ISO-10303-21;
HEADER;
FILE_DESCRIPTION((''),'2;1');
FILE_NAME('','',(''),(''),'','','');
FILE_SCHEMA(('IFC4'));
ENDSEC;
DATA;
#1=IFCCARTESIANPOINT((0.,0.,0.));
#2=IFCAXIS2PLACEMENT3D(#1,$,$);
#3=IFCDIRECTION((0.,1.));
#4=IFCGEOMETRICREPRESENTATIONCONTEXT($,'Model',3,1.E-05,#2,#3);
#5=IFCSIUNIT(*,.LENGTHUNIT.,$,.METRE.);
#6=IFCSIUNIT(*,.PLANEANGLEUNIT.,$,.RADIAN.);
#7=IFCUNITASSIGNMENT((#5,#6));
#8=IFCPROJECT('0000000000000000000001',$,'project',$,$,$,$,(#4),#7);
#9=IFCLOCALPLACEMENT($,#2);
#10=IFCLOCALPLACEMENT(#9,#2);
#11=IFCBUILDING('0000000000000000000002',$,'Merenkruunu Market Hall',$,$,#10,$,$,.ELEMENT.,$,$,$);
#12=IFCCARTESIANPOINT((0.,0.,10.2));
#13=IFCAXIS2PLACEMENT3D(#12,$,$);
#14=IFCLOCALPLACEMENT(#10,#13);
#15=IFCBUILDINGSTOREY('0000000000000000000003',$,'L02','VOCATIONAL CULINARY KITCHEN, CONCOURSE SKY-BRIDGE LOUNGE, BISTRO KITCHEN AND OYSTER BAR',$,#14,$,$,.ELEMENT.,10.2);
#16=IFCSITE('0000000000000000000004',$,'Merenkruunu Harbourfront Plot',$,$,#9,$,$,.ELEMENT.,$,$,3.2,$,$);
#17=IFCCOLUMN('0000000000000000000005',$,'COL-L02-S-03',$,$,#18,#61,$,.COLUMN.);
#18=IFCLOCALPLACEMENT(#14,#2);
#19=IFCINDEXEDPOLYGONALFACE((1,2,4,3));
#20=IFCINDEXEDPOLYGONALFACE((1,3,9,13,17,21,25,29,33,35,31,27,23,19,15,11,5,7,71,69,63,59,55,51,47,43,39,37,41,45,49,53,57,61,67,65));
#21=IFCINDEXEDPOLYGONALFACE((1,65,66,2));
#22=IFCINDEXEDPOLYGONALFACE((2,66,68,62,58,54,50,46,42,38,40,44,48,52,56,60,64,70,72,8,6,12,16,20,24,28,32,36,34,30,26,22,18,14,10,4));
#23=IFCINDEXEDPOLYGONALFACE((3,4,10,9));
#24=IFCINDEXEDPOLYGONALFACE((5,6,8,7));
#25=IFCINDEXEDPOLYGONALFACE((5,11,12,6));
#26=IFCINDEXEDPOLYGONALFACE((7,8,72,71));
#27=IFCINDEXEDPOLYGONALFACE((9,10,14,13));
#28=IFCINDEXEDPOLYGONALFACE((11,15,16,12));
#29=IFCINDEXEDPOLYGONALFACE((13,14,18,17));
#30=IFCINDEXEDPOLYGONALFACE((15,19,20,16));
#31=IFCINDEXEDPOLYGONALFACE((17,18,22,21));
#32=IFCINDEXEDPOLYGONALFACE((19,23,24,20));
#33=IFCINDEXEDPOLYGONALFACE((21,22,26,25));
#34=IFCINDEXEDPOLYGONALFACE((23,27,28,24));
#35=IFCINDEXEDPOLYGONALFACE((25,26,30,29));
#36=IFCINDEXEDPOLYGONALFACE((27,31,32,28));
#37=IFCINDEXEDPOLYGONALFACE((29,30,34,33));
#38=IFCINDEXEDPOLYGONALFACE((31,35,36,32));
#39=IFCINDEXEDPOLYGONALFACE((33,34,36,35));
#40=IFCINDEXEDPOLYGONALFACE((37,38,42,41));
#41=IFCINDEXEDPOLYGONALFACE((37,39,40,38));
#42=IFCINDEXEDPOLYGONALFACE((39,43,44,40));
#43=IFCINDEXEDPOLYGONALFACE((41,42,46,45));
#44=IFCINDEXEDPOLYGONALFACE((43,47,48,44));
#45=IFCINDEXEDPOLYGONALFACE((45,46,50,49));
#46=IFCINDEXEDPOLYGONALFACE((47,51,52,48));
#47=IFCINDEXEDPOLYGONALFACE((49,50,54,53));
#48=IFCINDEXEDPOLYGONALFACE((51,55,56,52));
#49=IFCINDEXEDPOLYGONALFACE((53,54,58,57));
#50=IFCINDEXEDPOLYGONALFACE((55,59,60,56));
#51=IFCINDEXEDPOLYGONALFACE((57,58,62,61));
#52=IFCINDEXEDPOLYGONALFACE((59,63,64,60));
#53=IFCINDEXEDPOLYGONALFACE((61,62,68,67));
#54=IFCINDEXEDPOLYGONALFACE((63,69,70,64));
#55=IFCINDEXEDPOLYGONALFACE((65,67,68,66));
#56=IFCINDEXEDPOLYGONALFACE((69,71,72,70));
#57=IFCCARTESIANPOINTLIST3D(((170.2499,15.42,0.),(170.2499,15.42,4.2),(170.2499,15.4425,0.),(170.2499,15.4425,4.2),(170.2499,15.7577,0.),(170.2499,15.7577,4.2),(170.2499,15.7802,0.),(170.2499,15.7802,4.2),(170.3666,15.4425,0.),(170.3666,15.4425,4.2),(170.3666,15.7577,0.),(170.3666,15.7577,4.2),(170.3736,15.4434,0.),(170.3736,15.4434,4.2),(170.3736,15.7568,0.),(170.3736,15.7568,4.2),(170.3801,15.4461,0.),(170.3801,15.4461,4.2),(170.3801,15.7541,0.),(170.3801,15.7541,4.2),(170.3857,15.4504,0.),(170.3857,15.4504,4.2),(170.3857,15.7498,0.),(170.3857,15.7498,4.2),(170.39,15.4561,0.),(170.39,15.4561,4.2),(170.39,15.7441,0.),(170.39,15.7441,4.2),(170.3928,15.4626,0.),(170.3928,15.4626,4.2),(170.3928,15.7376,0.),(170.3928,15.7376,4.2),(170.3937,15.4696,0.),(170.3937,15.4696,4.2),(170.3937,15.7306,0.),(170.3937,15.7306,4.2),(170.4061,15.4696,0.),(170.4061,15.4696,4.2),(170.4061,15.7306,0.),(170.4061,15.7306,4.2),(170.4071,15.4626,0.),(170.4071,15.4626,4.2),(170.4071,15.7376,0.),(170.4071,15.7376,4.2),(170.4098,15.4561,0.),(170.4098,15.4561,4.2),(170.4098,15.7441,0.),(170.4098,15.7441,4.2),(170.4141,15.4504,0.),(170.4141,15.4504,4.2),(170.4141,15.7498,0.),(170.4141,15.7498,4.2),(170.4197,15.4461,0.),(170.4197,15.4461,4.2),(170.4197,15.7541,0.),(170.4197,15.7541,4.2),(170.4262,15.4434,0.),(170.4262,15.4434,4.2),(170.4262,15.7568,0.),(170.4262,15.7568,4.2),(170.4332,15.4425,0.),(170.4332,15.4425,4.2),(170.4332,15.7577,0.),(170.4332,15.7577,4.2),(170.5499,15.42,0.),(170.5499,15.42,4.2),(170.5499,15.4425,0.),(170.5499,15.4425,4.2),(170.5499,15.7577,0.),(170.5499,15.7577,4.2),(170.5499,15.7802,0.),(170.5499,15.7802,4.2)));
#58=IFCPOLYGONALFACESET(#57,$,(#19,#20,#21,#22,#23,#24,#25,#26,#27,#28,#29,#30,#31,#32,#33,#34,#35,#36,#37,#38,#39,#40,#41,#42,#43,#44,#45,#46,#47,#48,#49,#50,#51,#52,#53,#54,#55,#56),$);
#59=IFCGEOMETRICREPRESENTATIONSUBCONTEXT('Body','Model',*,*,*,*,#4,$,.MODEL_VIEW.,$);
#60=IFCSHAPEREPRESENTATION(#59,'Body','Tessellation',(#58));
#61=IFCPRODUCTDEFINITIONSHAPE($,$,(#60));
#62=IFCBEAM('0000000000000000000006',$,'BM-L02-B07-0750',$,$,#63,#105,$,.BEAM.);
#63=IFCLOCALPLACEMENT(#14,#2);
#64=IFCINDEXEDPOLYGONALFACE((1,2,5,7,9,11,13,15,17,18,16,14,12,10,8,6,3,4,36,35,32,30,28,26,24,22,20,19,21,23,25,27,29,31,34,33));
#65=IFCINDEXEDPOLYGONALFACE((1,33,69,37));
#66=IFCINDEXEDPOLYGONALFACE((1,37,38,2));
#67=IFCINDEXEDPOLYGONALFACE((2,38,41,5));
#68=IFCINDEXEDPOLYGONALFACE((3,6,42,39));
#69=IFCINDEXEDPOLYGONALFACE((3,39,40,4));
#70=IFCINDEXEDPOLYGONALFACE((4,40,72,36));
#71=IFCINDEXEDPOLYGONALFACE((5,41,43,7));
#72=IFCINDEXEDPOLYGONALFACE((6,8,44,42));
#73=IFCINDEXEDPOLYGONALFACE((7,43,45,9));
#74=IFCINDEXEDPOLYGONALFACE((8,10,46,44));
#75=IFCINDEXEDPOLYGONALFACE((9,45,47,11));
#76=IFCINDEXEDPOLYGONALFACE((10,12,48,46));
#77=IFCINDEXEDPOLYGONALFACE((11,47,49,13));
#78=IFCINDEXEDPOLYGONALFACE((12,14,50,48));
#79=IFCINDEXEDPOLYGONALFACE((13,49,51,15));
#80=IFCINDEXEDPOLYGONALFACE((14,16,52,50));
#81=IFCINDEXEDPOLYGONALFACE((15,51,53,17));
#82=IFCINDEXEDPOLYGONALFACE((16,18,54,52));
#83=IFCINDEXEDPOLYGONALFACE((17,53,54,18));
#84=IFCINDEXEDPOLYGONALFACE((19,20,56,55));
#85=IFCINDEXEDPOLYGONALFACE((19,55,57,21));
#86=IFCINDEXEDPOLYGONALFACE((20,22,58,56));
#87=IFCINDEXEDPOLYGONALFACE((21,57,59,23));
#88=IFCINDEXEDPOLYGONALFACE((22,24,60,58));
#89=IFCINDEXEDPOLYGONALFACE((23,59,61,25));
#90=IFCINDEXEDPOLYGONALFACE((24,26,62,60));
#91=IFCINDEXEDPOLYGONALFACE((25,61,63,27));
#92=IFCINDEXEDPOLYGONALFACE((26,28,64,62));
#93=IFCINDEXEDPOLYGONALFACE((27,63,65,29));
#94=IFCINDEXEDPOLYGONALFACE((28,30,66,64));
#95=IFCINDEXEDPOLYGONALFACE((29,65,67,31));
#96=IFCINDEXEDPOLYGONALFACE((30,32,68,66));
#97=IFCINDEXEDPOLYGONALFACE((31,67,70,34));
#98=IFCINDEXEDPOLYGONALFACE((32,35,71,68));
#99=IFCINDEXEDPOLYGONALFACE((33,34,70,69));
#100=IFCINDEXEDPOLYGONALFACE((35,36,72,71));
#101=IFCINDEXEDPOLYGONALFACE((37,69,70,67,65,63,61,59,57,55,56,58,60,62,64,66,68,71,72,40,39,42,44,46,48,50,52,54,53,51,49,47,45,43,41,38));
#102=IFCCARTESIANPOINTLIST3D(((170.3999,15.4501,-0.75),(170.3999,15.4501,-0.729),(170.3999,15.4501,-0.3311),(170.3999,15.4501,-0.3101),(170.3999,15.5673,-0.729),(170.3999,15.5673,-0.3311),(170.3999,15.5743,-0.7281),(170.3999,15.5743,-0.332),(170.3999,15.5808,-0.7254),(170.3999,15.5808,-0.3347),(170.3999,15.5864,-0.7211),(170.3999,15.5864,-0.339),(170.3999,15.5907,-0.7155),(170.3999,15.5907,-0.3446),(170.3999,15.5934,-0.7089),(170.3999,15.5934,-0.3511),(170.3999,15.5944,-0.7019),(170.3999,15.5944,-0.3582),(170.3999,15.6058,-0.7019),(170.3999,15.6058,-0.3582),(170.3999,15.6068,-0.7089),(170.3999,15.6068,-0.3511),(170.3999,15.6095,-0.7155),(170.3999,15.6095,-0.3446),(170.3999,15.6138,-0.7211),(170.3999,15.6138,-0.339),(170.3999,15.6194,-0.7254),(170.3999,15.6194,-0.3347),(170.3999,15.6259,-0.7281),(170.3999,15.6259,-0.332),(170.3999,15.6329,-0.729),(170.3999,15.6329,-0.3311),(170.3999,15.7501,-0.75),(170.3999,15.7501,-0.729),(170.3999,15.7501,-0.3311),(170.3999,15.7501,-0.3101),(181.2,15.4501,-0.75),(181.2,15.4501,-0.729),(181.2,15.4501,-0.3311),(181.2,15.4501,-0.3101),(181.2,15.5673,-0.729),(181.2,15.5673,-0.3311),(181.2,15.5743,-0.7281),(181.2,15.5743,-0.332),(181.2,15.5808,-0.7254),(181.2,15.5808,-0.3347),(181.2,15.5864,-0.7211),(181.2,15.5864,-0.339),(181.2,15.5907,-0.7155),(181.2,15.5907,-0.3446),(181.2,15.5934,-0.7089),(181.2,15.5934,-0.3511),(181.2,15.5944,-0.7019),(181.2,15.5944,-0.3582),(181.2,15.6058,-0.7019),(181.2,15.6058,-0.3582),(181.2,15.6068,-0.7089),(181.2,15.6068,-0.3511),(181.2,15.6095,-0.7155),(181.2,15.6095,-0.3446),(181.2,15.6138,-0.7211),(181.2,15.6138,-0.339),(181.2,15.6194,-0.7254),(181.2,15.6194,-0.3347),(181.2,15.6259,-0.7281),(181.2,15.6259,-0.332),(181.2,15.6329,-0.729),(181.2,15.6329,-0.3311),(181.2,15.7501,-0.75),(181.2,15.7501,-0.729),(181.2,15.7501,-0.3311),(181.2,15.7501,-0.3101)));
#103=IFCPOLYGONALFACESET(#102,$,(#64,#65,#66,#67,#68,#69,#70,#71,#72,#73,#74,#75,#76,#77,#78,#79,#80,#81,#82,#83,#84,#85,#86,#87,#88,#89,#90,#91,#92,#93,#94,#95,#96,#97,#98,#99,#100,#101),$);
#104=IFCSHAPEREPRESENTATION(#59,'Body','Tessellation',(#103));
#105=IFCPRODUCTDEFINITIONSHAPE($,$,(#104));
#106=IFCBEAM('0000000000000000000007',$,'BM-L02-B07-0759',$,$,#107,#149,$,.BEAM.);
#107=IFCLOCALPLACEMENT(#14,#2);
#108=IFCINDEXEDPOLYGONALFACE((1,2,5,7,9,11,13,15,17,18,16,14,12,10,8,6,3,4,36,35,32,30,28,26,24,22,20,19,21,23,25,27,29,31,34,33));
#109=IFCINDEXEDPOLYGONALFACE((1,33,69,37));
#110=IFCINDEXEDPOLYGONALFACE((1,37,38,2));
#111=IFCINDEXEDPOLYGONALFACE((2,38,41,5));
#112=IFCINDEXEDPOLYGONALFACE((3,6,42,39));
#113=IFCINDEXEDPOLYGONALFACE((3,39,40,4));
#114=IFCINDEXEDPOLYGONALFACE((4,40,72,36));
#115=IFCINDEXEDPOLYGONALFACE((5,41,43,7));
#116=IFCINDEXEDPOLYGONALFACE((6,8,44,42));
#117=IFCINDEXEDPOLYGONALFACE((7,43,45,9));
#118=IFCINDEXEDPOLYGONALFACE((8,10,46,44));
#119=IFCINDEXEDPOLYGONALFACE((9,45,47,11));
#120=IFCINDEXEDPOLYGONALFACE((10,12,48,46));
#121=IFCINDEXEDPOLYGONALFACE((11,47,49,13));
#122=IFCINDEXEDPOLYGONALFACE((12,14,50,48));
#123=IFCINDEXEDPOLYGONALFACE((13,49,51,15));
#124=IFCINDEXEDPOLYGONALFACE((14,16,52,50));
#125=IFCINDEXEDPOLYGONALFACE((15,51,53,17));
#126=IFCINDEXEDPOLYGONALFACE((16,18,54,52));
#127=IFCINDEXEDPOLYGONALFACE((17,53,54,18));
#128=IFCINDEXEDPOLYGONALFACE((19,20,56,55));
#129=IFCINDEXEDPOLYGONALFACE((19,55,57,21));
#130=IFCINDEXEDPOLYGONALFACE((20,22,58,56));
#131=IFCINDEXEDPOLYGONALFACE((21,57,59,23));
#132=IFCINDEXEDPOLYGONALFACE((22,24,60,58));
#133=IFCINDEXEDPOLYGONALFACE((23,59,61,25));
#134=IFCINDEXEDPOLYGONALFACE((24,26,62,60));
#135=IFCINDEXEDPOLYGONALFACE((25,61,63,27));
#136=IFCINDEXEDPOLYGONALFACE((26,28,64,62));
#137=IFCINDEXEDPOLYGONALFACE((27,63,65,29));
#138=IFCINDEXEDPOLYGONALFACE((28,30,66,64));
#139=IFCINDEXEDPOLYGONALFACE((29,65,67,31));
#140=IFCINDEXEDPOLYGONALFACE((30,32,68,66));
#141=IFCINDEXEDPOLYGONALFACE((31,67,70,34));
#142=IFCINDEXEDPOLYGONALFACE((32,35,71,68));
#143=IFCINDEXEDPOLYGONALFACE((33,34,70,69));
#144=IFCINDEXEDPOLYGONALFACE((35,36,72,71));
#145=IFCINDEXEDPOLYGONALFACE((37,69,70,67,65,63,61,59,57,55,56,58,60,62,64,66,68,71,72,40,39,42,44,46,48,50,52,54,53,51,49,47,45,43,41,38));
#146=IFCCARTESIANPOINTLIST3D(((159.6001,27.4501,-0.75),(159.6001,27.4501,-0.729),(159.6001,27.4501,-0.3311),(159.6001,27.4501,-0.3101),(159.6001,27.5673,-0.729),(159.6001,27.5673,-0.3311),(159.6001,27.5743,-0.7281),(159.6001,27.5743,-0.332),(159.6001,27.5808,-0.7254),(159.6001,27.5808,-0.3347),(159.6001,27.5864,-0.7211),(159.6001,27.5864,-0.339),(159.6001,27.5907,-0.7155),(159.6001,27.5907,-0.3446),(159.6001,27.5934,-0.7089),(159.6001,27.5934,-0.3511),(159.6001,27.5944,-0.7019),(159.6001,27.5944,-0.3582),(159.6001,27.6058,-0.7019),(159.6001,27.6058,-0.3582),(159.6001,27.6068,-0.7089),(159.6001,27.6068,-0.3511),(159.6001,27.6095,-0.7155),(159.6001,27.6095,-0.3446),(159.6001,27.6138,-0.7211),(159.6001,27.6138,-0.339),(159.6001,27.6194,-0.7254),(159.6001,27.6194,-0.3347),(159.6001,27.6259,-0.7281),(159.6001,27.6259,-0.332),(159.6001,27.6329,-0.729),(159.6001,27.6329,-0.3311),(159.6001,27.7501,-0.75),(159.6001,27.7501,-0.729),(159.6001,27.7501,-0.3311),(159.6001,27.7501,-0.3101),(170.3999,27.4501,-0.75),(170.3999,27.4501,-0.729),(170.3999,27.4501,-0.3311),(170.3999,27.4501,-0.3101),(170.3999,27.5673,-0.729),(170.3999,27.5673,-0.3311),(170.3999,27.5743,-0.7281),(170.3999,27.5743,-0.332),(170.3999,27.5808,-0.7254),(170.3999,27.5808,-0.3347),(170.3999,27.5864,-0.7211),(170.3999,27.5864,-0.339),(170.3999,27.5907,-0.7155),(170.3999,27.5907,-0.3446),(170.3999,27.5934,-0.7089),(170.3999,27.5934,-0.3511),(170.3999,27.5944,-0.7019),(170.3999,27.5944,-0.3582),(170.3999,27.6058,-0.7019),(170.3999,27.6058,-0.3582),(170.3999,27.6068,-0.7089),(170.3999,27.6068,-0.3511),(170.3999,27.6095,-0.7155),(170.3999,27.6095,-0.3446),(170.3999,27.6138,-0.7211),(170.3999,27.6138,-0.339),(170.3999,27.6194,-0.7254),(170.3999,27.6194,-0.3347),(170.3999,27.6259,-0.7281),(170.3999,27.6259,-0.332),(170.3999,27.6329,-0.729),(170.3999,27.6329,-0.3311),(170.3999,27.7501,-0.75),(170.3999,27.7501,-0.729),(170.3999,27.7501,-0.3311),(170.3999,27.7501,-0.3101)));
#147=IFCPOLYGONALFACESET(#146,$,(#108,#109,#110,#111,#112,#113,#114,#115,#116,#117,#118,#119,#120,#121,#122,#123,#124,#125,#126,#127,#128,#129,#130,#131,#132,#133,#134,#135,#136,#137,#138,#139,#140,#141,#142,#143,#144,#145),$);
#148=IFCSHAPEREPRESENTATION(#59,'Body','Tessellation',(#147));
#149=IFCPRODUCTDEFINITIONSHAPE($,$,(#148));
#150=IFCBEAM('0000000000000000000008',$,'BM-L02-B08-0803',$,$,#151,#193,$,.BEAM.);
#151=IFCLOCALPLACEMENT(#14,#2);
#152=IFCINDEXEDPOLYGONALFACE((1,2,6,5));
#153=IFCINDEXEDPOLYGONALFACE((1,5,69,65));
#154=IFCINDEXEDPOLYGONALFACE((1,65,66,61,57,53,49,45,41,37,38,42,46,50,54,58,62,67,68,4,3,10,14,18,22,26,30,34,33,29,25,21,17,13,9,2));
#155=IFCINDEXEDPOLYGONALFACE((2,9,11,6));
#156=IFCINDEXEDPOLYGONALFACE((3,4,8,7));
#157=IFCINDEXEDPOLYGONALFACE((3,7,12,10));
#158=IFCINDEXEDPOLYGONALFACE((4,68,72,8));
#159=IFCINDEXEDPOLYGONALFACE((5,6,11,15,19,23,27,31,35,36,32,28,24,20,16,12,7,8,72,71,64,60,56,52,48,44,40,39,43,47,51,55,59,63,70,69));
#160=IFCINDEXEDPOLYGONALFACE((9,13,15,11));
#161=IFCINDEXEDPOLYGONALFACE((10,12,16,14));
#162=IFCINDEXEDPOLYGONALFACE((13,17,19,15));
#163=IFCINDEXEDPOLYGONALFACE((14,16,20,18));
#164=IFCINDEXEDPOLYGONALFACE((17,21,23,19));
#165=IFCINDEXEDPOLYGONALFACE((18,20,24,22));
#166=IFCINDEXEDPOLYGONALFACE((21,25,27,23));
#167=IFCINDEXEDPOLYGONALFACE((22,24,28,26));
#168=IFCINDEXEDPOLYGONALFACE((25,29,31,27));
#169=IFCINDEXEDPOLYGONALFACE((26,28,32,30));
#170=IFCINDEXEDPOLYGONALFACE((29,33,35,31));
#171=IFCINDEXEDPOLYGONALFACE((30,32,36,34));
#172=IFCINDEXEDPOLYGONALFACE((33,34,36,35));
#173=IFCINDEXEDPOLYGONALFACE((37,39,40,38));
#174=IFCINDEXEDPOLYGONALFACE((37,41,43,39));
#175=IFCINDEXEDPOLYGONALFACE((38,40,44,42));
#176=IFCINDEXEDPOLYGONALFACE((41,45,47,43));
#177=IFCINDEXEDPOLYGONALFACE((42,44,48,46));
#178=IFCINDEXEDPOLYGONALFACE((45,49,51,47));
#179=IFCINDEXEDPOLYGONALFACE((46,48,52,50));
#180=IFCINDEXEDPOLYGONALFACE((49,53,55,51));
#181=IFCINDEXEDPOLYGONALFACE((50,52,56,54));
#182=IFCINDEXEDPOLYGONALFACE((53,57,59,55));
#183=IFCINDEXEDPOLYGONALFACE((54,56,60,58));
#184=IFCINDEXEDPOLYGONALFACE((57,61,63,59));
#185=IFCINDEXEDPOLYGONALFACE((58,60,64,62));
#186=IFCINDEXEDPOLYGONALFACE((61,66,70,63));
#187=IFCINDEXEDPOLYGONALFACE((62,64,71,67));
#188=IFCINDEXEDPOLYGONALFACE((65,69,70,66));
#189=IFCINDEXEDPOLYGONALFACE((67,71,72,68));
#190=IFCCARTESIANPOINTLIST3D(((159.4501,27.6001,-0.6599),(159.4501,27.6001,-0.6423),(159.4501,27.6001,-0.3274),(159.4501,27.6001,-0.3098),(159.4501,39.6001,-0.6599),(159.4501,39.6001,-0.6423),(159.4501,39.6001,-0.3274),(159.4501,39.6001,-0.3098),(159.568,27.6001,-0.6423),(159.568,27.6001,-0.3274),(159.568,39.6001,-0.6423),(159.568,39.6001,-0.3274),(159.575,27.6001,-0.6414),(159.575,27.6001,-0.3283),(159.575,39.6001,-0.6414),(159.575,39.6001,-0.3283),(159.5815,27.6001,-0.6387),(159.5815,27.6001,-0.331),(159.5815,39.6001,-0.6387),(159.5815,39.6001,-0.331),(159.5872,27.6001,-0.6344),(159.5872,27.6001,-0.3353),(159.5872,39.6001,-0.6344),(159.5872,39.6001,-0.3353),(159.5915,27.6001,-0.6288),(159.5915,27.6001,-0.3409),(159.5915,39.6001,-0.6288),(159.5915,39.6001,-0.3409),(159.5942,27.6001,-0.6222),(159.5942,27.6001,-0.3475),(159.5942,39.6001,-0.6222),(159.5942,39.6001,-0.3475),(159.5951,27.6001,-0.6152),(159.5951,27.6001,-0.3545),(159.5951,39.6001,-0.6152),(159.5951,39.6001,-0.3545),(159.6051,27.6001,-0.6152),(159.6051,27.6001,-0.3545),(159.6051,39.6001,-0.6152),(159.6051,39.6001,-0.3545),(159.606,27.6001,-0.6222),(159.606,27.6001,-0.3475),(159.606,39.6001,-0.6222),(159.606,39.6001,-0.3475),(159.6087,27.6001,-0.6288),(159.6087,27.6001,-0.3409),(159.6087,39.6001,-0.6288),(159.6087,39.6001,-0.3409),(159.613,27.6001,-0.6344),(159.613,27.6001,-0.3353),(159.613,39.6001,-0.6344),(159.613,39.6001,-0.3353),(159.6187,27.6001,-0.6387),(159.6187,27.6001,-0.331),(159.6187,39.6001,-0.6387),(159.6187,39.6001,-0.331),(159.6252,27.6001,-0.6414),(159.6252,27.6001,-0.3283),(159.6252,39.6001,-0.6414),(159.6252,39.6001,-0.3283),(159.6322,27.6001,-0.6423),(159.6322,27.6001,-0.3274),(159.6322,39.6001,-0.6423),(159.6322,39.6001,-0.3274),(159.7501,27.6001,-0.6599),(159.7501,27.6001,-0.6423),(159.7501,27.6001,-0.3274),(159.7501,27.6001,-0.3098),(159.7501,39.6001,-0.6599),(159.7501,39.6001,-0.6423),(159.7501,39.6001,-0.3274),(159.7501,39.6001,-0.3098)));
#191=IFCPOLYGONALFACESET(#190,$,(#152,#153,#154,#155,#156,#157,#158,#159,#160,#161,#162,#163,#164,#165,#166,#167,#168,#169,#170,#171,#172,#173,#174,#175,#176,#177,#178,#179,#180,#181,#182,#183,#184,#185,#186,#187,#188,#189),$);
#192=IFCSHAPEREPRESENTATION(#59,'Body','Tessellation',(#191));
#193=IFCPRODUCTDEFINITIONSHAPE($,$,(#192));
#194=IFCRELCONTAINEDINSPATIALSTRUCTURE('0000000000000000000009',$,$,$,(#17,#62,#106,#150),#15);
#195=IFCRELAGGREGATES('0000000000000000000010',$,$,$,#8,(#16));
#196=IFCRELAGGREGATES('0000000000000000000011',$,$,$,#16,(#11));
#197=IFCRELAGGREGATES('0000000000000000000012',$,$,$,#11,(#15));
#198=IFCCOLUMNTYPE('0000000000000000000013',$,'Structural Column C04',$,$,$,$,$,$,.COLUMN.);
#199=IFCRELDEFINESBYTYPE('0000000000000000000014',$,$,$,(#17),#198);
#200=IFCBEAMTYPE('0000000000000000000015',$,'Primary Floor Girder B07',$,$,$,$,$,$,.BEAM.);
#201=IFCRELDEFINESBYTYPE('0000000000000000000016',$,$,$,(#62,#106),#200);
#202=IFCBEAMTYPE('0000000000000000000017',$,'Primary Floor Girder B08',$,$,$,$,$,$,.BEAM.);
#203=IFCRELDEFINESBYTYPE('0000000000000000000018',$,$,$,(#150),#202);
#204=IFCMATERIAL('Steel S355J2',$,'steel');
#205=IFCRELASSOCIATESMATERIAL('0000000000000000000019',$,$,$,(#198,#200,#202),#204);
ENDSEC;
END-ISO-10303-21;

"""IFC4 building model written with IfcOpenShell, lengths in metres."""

from ifc_helpers import new_model, si_unit, direction, frame, origin, origin_2d, place, context, subcontext, project, spatial, i_section, extrude, material, material_profile, profile_set, type_object, element, save


model = new_model("IFC4")

# Units and contexts
model_context = context("Model", 3, precision=1e-05, world=origin(), true_north=direction((0.0, 1.0)))
body_context = subcontext(model_context, "Body", "Model", "MODEL_VIEW")
ifc_project = project(units=[si_unit("LENGTHUNIT", "METRE"), si_unit("PLANEANGLEUNIT", "RADIAN")], contexts=[model_context])

# Site, building, storey
site_placement = place(None, origin())
site = spatial("IfcSite", under=ifc_project, at=site_placement, Name="Merenkruunu Harbourfront Plot", CompositionType="ELEMENT", RefElevation=3.2)
building_placement = place(site_placement, origin())
building = spatial("IfcBuilding", under=site, at=building_placement, Name="Merenkruunu Market Hall", CompositionType="ELEMENT")
storey_placement = place(building_placement, frame((0.0, 0.0, 10.2)))
storey = spatial("IfcBuildingStorey", under=building, at=storey_placement, Name="L02", Description="VOCATIONAL CULINARY KITCHEN, CONCOURSE SKY-BRIDGE LOUNGE, BISTRO KITCHEN AND OYSTER BAR", CompositionType="ELEMENT", Elevation=10.2)

# Column
ifc_material_1 = material(Name="Steel S355J2", Category="steel")
ifc_material_profile_1 = material_profile(ifc_material_1, i_section(OverallWidth=0.3, OverallDepth=0.3601, WebThickness=0.0125, FlangeThickness=0.0225, FilletRadius=0.0271, at=origin_2d()), Name="HEB 360")
ifc_profile_set_1 = profile_set([ifc_material_profile_1], Name="Steel S355J2")
column_type = type_object("IfcColumnType", Name="Structural Column C04", PredefinedType="COLUMN", material=ifc_profile_set_1)
column_placement = place(storey_placement, frame((170.3999, 15.6001, 0.0), z_axis=(0.0, 0.0, 1.0), x_axis=(1.0, 0.0, 0.0)))
element("IfcColumn", 1, at=column_placement, inside=storey, type_object=column_type, Name="COL-L02-S-03", PredefinedType="COLUMN", context=body_context, shape_type="SweptSolid", body=[
    extrude(i_section(OverallWidth=0.3, OverallDepth=0.3601, WebThickness=0.0125, FlangeThickness=0.0225, FilletRadius=0.0271, at=origin_2d()), origin(), (0.0, 0.0, 1.0), 4.2),
])

# Beams
ifc_material_profile_2 = material_profile(ifc_material_1, i_section(OverallWidth=0.3, OverallDepth=0.4399, WebThickness=0.0115, FlangeThickness=0.021, FilletRadius=0.0271, at=origin_2d()), Name="HEA 450")
ifc_profile_set_2 = profile_set([ifc_material_profile_2], Name="Steel S355J2")
beam_type_1 = type_object("IfcBeamType", Name="Primary Floor Girder B07", PredefinedType="BEAM", material=ifc_profile_set_2)
beam_1_placement = place(storey_placement, frame((170.3999, 15.6001, -0.53), z_axis=(1.0, 0.0, 0.0), x_axis=(0.0, 1.0, 0.0)))
element("IfcBeam", 2, at=beam_1_placement, inside=storey, type_object=beam_type_1, Name="BM-L02-B07-0750", PredefinedType="BEAM", context=body_context, shape_type="SweptSolid", body=[
    extrude(i_section(OverallWidth=0.3, OverallDepth=0.4399, WebThickness=0.0115, FlangeThickness=0.021, FilletRadius=0.0271, at=origin_2d()), origin(), (0.0, 0.0, 1.0), 10.8),
])
beam_2_placement = place(storey_placement, frame((159.6001, 27.6001, -0.53), z_axis=(1.0, 0.0, 0.0), x_axis=(0.0, 1.0, 0.0)))
element("IfcBeam", 3, at=beam_2_placement, inside=storey, type_object=beam_type_1, Name="BM-L02-B07-0759", PredefinedType="BEAM", context=body_context, shape_type="SweptSolid", body=[
    extrude(i_section(OverallWidth=0.3, OverallDepth=0.4399, WebThickness=0.0115, FlangeThickness=0.021, FilletRadius=0.0271, at=origin_2d()), origin(), (0.0, 0.0, 1.0), 10.7998),
])
ifc_material_profile_3 = material_profile(ifc_material_1, i_section(OverallWidth=0.3, OverallDepth=0.3501, WebThickness=0.01, FlangeThickness=0.0176, FilletRadius=0.0271, at=origin_2d()), Name="HEA 360")
ifc_profile_set_3 = profile_set([ifc_material_profile_3], Name="Steel S355J2")
beam_type_2 = type_object("IfcBeamType", Name="Primary Floor Girder B08", PredefinedType="BEAM", material=ifc_profile_set_3)
for number, where, z_axis, x_axis, name in (
    (4, (159.6001, 27.6001, -0.4849), (0.0, 1.0, 0.0), (-1.0, 0.0, 0.0), "BM-L02-B08-0803"),
):
    element("IfcBeam", number, at=place(storey_placement, frame(where, z_axis=z_axis, x_axis=x_axis)), inside=storey, type_object=beam_type_2, Name=name, PredefinedType="BEAM", context=body_context, shape_type="SweptSolid", body=[
        extrude(i_section(OverallWidth=0.3, OverallDepth=0.3501, WebThickness=0.01, FlangeThickness=0.0176, FilletRadius=0.0271, at=origin_2d()), origin(), (0.0, 0.0, 1.0), 12.0),
    ])

save(model, "model.ifc")
